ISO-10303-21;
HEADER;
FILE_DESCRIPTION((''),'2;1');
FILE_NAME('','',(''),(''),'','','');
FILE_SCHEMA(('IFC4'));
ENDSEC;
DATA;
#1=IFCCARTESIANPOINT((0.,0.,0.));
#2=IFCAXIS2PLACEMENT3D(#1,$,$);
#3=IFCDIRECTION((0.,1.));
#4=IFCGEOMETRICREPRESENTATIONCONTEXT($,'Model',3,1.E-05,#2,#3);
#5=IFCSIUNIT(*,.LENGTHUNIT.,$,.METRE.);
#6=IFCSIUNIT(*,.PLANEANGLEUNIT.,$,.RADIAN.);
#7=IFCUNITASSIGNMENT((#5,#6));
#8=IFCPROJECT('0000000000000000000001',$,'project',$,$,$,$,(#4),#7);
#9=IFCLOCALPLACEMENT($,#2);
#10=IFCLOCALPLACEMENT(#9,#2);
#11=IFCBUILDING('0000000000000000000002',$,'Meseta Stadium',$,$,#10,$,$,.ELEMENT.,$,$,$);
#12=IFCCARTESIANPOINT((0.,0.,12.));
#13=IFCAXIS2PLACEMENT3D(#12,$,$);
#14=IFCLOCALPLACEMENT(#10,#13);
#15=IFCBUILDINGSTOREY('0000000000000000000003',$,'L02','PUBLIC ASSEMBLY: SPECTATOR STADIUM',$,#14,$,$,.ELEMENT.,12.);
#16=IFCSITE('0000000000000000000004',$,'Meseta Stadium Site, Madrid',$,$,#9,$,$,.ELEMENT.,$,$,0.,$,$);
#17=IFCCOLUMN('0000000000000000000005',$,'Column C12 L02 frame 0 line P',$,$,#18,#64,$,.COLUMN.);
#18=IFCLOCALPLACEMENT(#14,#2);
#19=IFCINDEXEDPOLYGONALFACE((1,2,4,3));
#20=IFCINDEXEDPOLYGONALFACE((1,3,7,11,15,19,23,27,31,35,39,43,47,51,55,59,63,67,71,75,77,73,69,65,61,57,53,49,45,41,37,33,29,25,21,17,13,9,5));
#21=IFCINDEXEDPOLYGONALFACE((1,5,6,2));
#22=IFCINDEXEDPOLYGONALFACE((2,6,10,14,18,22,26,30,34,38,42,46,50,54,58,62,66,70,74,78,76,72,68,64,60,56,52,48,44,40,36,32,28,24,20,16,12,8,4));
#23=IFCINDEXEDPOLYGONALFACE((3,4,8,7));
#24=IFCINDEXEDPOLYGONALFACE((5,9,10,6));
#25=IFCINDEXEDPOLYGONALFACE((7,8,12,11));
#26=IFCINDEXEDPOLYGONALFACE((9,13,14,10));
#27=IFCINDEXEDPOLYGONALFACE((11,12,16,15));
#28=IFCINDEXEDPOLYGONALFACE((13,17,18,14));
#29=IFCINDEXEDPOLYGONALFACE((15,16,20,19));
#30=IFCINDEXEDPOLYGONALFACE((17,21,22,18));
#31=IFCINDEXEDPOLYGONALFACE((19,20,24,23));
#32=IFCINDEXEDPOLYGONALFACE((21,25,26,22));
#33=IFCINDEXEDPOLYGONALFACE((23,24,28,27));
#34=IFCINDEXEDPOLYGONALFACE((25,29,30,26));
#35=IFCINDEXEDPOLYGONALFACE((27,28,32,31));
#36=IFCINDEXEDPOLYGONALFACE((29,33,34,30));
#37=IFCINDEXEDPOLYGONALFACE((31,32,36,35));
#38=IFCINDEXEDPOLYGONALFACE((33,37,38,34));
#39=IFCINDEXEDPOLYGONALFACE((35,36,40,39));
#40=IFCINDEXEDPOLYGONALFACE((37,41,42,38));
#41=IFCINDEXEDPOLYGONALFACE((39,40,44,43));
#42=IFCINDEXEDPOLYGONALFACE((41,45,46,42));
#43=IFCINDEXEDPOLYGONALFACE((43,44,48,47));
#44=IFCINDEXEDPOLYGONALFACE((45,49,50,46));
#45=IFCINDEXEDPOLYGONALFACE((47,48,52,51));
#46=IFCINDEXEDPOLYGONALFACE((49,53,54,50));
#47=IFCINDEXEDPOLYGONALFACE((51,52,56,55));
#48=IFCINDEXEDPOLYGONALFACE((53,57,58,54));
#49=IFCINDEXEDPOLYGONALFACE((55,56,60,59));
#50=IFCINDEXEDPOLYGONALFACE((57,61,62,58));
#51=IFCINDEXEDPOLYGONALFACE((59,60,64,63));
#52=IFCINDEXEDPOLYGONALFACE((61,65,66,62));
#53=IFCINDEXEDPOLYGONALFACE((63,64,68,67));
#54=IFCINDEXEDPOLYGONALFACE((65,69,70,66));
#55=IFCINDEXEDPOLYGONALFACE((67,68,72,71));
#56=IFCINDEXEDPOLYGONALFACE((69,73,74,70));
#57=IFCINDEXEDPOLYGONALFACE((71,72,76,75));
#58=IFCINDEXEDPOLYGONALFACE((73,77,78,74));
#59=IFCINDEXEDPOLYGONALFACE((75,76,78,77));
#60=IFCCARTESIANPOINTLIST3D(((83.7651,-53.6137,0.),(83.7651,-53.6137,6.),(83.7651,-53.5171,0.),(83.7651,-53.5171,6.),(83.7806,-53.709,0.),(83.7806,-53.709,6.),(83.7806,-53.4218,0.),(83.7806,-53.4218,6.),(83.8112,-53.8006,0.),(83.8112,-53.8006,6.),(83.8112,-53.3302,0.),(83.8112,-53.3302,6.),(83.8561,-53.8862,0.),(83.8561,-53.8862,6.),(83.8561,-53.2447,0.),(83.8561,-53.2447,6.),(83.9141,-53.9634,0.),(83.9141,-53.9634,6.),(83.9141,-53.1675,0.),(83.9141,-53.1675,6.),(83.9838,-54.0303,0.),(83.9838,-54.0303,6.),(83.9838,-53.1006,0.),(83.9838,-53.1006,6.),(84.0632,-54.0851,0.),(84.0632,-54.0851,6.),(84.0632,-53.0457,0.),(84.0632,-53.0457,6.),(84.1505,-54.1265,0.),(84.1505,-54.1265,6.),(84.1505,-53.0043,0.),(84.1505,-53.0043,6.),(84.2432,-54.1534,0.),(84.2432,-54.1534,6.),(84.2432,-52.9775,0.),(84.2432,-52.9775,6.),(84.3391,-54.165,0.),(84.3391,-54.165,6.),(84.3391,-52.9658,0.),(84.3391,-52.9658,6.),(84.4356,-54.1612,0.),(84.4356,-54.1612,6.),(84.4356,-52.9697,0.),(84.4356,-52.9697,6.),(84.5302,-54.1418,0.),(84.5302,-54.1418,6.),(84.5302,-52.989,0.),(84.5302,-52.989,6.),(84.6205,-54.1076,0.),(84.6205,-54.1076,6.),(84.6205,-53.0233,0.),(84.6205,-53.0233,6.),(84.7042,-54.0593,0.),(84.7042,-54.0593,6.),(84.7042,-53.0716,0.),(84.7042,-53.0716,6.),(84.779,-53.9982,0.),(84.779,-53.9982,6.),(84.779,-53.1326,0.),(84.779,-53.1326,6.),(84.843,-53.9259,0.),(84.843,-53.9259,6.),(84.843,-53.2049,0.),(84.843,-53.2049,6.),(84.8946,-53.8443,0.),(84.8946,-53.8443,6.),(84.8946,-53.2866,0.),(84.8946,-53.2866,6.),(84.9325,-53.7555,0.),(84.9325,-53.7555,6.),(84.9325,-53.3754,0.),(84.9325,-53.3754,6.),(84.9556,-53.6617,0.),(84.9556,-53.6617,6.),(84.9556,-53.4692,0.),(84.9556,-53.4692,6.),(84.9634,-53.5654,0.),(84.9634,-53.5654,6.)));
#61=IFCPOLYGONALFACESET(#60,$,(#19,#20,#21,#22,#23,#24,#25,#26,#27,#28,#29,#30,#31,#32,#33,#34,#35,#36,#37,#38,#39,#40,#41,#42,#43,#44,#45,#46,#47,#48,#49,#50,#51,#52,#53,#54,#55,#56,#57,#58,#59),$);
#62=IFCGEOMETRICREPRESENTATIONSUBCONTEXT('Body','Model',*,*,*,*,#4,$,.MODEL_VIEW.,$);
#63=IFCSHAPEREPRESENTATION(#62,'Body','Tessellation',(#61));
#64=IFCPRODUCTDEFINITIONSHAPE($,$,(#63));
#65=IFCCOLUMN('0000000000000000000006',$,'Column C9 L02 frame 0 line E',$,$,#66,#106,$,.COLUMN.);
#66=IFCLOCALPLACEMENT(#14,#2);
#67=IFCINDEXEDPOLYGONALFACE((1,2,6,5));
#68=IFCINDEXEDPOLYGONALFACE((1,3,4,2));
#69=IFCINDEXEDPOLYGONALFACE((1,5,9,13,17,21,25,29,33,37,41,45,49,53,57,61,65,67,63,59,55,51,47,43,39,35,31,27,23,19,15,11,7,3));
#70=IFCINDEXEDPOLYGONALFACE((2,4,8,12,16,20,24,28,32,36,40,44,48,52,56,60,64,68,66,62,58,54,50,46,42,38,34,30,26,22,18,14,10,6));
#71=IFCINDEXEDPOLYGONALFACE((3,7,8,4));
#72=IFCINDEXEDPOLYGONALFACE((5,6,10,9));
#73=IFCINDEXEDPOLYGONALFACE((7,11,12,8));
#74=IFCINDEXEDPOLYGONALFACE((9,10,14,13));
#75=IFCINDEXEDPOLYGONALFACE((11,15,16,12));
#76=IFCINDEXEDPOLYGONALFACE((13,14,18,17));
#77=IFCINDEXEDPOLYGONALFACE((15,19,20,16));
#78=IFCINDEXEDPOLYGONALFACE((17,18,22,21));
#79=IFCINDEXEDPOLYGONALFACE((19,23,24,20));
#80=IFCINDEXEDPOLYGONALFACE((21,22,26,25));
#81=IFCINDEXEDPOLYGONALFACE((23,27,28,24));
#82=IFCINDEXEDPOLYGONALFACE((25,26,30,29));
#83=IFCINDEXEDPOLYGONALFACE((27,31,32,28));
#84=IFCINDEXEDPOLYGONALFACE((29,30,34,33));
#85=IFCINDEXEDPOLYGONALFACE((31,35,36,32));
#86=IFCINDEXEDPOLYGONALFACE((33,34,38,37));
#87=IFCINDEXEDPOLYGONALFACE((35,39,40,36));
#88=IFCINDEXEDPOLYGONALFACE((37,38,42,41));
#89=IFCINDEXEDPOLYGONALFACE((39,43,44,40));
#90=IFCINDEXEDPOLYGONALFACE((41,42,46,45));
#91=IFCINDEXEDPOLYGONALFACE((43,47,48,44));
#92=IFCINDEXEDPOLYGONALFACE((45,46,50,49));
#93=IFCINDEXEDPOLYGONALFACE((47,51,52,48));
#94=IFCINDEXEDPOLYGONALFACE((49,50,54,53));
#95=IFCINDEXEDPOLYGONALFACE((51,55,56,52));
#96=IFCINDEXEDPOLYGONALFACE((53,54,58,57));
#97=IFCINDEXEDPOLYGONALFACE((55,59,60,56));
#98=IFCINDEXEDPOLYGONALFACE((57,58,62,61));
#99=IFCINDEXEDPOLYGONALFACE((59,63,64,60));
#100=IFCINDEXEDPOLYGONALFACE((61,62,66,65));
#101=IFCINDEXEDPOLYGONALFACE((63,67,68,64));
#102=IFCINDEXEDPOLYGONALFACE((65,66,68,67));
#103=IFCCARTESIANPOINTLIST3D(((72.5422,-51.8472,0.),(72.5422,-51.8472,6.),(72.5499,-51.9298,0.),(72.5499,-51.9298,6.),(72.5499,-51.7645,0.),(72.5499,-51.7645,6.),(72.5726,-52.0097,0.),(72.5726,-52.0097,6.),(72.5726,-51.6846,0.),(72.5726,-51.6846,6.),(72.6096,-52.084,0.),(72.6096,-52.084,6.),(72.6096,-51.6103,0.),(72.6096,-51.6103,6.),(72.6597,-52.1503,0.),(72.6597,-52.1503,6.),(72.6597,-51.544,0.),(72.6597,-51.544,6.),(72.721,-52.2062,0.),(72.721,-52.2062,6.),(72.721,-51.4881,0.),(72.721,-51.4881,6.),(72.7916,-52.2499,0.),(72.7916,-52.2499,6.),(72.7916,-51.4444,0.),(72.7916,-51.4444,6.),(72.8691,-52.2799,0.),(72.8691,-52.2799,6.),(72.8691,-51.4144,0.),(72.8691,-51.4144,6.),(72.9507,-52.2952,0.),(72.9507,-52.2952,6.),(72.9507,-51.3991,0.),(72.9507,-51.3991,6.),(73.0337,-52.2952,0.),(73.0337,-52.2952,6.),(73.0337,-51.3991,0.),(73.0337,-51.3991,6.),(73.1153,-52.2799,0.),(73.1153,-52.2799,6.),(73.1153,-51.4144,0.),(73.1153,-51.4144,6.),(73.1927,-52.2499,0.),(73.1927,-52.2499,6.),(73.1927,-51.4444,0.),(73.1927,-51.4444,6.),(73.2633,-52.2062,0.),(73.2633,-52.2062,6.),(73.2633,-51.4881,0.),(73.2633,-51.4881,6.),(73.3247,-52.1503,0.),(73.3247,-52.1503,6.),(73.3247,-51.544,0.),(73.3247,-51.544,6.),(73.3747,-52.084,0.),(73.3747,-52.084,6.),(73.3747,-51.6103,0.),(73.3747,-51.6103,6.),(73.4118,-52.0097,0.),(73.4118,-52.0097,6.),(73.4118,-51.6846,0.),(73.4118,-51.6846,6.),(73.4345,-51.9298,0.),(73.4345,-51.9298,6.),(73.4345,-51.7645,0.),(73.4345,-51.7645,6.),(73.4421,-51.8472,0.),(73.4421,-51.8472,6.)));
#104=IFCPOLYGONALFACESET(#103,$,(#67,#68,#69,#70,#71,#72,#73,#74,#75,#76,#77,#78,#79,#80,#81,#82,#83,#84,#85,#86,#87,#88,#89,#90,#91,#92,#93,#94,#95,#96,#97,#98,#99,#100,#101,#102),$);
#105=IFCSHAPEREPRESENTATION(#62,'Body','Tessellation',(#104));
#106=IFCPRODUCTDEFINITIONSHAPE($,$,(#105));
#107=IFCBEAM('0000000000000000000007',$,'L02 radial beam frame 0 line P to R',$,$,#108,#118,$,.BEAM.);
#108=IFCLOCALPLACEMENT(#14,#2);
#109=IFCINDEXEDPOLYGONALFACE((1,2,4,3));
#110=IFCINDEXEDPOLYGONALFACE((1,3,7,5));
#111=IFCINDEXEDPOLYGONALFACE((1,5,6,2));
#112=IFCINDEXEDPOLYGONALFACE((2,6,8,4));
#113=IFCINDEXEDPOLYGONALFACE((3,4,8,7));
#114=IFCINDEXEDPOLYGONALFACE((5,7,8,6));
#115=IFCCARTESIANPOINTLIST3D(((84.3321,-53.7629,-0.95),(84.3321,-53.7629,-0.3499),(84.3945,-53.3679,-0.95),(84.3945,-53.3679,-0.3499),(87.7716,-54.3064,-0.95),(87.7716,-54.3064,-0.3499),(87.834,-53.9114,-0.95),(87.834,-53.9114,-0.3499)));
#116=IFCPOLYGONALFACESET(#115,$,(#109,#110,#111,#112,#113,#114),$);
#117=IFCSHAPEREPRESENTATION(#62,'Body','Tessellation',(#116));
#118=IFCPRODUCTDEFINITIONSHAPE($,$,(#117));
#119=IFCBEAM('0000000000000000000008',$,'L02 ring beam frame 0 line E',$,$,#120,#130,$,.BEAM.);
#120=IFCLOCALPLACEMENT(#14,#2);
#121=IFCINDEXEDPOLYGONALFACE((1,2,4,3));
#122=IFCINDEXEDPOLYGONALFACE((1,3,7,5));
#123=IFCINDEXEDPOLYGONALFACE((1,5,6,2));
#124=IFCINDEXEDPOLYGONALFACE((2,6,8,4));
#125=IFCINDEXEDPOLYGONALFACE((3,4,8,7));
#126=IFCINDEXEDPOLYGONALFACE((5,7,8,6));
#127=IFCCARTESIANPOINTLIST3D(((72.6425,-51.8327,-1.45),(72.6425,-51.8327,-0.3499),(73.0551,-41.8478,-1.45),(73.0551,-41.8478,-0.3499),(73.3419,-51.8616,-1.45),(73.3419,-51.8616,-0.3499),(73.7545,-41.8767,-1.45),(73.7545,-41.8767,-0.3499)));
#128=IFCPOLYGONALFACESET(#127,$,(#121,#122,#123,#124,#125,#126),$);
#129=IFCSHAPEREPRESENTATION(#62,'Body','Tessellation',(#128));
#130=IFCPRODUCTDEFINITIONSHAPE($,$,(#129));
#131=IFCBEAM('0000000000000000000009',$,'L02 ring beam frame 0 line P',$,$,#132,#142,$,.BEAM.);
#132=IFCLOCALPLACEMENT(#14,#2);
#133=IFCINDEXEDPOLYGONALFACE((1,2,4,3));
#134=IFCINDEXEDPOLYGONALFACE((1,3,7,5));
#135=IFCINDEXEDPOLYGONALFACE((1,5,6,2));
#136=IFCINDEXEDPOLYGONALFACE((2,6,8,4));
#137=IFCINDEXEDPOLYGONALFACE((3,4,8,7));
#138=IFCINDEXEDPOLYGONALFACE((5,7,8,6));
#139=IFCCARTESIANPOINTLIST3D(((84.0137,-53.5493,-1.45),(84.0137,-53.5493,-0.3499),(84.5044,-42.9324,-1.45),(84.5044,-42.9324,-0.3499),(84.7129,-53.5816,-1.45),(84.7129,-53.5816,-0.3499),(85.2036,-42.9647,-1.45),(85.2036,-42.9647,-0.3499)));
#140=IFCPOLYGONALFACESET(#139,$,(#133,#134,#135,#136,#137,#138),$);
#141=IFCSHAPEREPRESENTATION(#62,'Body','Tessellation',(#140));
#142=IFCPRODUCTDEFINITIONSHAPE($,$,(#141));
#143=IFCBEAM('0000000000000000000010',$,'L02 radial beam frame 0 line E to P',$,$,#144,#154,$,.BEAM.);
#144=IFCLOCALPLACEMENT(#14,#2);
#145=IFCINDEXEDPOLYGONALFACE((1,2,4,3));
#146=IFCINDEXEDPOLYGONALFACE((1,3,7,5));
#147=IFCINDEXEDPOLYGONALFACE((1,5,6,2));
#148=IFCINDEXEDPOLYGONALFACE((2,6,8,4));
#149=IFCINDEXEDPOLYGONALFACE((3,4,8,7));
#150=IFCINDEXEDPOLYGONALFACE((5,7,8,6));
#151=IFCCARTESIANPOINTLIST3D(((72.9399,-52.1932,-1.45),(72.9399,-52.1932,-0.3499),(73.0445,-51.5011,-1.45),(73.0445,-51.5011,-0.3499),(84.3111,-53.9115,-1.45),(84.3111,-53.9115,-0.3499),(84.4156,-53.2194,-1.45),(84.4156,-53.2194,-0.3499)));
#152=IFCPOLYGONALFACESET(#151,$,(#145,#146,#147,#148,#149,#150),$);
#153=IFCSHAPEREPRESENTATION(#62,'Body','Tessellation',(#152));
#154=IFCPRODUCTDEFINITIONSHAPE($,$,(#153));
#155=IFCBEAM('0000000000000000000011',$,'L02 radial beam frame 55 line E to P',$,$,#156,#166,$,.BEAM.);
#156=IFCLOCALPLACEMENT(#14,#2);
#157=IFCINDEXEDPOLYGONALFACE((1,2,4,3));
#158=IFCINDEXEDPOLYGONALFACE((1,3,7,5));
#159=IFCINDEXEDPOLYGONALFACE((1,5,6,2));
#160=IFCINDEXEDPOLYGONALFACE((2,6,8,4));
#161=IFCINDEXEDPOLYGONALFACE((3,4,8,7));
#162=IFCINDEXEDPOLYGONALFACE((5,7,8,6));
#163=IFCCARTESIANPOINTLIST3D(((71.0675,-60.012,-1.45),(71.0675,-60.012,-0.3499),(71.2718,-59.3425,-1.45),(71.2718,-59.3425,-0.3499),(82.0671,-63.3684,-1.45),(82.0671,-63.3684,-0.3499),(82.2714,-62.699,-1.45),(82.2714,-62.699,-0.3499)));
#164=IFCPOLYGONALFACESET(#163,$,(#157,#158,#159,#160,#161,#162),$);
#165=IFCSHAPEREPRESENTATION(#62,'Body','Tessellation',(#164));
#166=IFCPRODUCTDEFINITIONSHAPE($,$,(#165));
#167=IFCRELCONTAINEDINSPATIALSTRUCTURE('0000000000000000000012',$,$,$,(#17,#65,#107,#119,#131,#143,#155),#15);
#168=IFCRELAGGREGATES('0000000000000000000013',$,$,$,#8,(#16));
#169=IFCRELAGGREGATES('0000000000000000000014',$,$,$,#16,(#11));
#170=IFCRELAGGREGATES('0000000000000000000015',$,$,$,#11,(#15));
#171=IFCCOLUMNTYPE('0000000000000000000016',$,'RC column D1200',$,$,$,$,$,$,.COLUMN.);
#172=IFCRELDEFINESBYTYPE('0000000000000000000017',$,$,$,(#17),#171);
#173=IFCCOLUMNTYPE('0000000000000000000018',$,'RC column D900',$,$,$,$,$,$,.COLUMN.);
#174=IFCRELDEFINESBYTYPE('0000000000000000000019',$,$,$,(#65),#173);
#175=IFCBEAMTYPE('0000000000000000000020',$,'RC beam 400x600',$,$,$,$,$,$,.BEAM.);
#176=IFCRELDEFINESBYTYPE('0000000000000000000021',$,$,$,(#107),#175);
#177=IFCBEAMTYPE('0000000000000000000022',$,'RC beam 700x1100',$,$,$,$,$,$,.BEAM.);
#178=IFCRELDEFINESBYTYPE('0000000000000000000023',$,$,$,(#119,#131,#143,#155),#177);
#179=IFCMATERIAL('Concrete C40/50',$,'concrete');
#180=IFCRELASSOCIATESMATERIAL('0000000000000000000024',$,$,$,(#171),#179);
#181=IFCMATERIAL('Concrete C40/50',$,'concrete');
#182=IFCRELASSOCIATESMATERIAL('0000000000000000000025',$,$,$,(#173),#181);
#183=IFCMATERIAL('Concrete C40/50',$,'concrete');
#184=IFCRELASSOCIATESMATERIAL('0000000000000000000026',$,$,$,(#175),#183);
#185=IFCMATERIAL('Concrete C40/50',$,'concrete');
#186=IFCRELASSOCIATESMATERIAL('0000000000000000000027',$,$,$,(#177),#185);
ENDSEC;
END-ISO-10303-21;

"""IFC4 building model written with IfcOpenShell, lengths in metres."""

from ifc_helpers import new_model, si_unit, direction, frame, origin, origin_2d, place, context, subcontext, project, spatial, rectangle, circle, extrude, material, material_profile, profile_set, type_object, element, save


model = new_model("IFC4")

# Units and contexts
model_context = context("Model", 3, precision=1e-05, world=origin(), true_north=direction((0.0, 1.0)))
body_context = subcontext(model_context, "Body", "Model", "MODEL_VIEW")
ifc_project = project(units=[si_unit("LENGTHUNIT", "METRE"), si_unit("PLANEANGLEUNIT", "RADIAN")], contexts=[model_context])

# Site, building, storey
site_placement = place(None, origin())
site = spatial("IfcSite", under=ifc_project, at=site_placement, Name="Meseta Stadium Site, Madrid", CompositionType="ELEMENT", RefElevation=0.0)
building_placement = place(site_placement, origin())
building = spatial("IfcBuilding", under=site, at=building_placement, Name="Meseta Stadium", CompositionType="ELEMENT")
storey_placement = place(building_placement, frame((0.0, 0.0, 12.0)))
storey = spatial("IfcBuildingStorey", under=building, at=storey_placement, Name="L02", Description="PUBLIC ASSEMBLY: SPECTATOR STADIUM", CompositionType="ELEMENT", Elevation=12.0)

# Columns
ifc_material_1 = material(Name="Concrete C40/50", Category="concrete")
ifc_material_profile_1 = material_profile(ifc_material_1, circle(Radius=0.6001, at=origin_2d()), Name="RC D1200")
ifc_profile_set_1 = profile_set([ifc_material_profile_1], Name="Concrete C40/50")
column_type_1 = type_object("IfcColumnType", Name="RC column D1200", PredefinedType="COLUMN", material=ifc_profile_set_1)
column_1_placement = place(storey_placement, frame((84.3633, -53.5654, 0.0), z_axis=(0.0, 0.0, 1.0), x_axis=(1.0, 0.0, 0.0)))
element("IfcColumn", 1, at=column_1_placement, inside=storey, type_object=column_type_1, Name="Column C12 L02 frame 0 line P", PredefinedType="COLUMN", context=body_context, shape_type="SweptSolid", body=[
    extrude(circle(Radius=0.6001, at=origin_2d()), origin(), (0.0, 0.0, 1.0), 6.0),
])
ifc_material_2 = material(Name="Concrete C40/50", Category="concrete")
ifc_material_profile_2 = material_profile(ifc_material_2, circle(Radius=0.45, at=origin_2d()), Name="RC D900")
ifc_profile_set_2 = profile_set([ifc_material_profile_2], Name="Concrete C40/50")
column_type_2 = type_object("IfcColumnType", Name="RC column D900", PredefinedType="COLUMN", material=ifc_profile_set_2)
column_2_placement = place(storey_placement, frame((72.9922, -51.8472, 0.0), z_axis=(0.0, 0.0, 1.0), x_axis=(1.0, 0.0, 0.0)))
element("IfcColumn", 2, at=column_2_placement, inside=storey, type_object=column_type_2, Name="Column C9 L02 frame 0 line E", PredefinedType="COLUMN", context=body_context, shape_type="SweptSolid", body=[
    extrude(circle(Radius=0.45, at=origin_2d()), origin(), (0.0, 0.0, 1.0), 6.0),
])

# Beams
ifc_material_3 = material(Name="Concrete C40/50", Category="concrete")
ifc_material_profile_3 = material_profile(ifc_material_3, rectangle(XDim=0.3999, YDim=0.6001, at=origin_2d()), Name="RC 400x600")
ifc_profile_set_3 = profile_set([ifc_material_profile_3], Name="Concrete C40/50")
beam_type_1 = type_object("IfcBeamType", Name="RC beam 400x600", PredefinedType="BEAM", material=ifc_profile_set_3)
beam_1_placement = place(storey_placement, frame((84.3633, -53.5654, -0.6499), z_axis=(0.987746, -0.156071, 0.0), x_axis=(0.156071, 0.987746, 0.0)))
element("IfcBeam", 3, at=beam_1_placement, inside=storey, type_object=beam_type_1, Name="L02 radial beam frame 0 line P to R", PredefinedType="BEAM", context=body_context, shape_type="SweptSolid", body=[
    extrude(rectangle(XDim=0.3999, YDim=0.6001, at=origin_2d()), origin(), (0.0, 0.0, 1.0), 3.4822),
])
ifc_material_4 = material(Name="Concrete C40/50", Category="concrete")
ifc_material_profile_4 = material_profile(ifc_material_4, rectangle(XDim=0.7, YDim=1.1001, at=origin_2d()), Name="RC 700x1100")
ifc_profile_set_4 = profile_set([ifc_material_profile_4], Name="Concrete C40/50")
beam_type_2 = type_object("IfcBeamType", Name="RC beam 700x1100", PredefinedType="BEAM", material=ifc_profile_set_4)
beam_2_placement = place(storey_placement, frame((72.9922, -51.8472, -0.8999), z_axis=(0.041287, 0.999147, 0.0), x_axis=(-0.999147, 0.041287, 0.0)))
element("IfcBeam", 4, at=beam_2_placement, inside=storey, type_object=beam_type_2, Name="L02 ring beam frame 0 line E", PredefinedType="BEAM", context=body_context, shape_type="SweptSolid", body=[
    extrude(rectangle(XDim=0.7, YDim=1.1001, at=origin_2d()), origin(), (0.0, 0.0, 1.0), 9.9934),
])
beam_3_placement = place(storey_placement, frame((84.3633, -53.5654, -0.8999), z_axis=(0.046171, 0.998934, 0.0), x_axis=(-0.998934, 0.046171, 0.0)))
element("IfcBeam", 5, at=beam_3_placement, inside=storey, type_object=beam_type_2, Name="L02 ring beam frame 0 line P", PredefinedType="BEAM", context=body_context, shape_type="SweptSolid", body=[
    extrude(rectangle(XDim=0.7, YDim=1.1001, at=origin_2d()), origin(), (0.0, 0.0, 1.0), 10.6282),
])
for number, where, z_axis, x_axis, name in (
    (6, (72.9922, -51.8472, -0.8999), (0.988775, -0.149412, 0.0), (0.149412, 0.988775, 0.0), "L02 radial beam frame 0 line E to P"),
    (7, (71.1697, -59.6772, -0.8999), (0.956461, -0.291859, 0.0), (0.291859, 0.956461, 0.0), "L02 radial beam frame 55 line E to P"),
):
    element("IfcBeam", number, at=place(storey_placement, frame(where, z_axis=z_axis, x_axis=x_axis)), inside=storey, type_object=beam_type_2, Name=name, PredefinedType="BEAM", context=body_context, shape_type="SweptSolid", body=[
        extrude(rectangle(XDim=0.7, YDim=1.1001, at=origin_2d()), origin(), (0.0, 0.0, 1.0), 11.5002),
    ])

save(model, "model.ifc")
